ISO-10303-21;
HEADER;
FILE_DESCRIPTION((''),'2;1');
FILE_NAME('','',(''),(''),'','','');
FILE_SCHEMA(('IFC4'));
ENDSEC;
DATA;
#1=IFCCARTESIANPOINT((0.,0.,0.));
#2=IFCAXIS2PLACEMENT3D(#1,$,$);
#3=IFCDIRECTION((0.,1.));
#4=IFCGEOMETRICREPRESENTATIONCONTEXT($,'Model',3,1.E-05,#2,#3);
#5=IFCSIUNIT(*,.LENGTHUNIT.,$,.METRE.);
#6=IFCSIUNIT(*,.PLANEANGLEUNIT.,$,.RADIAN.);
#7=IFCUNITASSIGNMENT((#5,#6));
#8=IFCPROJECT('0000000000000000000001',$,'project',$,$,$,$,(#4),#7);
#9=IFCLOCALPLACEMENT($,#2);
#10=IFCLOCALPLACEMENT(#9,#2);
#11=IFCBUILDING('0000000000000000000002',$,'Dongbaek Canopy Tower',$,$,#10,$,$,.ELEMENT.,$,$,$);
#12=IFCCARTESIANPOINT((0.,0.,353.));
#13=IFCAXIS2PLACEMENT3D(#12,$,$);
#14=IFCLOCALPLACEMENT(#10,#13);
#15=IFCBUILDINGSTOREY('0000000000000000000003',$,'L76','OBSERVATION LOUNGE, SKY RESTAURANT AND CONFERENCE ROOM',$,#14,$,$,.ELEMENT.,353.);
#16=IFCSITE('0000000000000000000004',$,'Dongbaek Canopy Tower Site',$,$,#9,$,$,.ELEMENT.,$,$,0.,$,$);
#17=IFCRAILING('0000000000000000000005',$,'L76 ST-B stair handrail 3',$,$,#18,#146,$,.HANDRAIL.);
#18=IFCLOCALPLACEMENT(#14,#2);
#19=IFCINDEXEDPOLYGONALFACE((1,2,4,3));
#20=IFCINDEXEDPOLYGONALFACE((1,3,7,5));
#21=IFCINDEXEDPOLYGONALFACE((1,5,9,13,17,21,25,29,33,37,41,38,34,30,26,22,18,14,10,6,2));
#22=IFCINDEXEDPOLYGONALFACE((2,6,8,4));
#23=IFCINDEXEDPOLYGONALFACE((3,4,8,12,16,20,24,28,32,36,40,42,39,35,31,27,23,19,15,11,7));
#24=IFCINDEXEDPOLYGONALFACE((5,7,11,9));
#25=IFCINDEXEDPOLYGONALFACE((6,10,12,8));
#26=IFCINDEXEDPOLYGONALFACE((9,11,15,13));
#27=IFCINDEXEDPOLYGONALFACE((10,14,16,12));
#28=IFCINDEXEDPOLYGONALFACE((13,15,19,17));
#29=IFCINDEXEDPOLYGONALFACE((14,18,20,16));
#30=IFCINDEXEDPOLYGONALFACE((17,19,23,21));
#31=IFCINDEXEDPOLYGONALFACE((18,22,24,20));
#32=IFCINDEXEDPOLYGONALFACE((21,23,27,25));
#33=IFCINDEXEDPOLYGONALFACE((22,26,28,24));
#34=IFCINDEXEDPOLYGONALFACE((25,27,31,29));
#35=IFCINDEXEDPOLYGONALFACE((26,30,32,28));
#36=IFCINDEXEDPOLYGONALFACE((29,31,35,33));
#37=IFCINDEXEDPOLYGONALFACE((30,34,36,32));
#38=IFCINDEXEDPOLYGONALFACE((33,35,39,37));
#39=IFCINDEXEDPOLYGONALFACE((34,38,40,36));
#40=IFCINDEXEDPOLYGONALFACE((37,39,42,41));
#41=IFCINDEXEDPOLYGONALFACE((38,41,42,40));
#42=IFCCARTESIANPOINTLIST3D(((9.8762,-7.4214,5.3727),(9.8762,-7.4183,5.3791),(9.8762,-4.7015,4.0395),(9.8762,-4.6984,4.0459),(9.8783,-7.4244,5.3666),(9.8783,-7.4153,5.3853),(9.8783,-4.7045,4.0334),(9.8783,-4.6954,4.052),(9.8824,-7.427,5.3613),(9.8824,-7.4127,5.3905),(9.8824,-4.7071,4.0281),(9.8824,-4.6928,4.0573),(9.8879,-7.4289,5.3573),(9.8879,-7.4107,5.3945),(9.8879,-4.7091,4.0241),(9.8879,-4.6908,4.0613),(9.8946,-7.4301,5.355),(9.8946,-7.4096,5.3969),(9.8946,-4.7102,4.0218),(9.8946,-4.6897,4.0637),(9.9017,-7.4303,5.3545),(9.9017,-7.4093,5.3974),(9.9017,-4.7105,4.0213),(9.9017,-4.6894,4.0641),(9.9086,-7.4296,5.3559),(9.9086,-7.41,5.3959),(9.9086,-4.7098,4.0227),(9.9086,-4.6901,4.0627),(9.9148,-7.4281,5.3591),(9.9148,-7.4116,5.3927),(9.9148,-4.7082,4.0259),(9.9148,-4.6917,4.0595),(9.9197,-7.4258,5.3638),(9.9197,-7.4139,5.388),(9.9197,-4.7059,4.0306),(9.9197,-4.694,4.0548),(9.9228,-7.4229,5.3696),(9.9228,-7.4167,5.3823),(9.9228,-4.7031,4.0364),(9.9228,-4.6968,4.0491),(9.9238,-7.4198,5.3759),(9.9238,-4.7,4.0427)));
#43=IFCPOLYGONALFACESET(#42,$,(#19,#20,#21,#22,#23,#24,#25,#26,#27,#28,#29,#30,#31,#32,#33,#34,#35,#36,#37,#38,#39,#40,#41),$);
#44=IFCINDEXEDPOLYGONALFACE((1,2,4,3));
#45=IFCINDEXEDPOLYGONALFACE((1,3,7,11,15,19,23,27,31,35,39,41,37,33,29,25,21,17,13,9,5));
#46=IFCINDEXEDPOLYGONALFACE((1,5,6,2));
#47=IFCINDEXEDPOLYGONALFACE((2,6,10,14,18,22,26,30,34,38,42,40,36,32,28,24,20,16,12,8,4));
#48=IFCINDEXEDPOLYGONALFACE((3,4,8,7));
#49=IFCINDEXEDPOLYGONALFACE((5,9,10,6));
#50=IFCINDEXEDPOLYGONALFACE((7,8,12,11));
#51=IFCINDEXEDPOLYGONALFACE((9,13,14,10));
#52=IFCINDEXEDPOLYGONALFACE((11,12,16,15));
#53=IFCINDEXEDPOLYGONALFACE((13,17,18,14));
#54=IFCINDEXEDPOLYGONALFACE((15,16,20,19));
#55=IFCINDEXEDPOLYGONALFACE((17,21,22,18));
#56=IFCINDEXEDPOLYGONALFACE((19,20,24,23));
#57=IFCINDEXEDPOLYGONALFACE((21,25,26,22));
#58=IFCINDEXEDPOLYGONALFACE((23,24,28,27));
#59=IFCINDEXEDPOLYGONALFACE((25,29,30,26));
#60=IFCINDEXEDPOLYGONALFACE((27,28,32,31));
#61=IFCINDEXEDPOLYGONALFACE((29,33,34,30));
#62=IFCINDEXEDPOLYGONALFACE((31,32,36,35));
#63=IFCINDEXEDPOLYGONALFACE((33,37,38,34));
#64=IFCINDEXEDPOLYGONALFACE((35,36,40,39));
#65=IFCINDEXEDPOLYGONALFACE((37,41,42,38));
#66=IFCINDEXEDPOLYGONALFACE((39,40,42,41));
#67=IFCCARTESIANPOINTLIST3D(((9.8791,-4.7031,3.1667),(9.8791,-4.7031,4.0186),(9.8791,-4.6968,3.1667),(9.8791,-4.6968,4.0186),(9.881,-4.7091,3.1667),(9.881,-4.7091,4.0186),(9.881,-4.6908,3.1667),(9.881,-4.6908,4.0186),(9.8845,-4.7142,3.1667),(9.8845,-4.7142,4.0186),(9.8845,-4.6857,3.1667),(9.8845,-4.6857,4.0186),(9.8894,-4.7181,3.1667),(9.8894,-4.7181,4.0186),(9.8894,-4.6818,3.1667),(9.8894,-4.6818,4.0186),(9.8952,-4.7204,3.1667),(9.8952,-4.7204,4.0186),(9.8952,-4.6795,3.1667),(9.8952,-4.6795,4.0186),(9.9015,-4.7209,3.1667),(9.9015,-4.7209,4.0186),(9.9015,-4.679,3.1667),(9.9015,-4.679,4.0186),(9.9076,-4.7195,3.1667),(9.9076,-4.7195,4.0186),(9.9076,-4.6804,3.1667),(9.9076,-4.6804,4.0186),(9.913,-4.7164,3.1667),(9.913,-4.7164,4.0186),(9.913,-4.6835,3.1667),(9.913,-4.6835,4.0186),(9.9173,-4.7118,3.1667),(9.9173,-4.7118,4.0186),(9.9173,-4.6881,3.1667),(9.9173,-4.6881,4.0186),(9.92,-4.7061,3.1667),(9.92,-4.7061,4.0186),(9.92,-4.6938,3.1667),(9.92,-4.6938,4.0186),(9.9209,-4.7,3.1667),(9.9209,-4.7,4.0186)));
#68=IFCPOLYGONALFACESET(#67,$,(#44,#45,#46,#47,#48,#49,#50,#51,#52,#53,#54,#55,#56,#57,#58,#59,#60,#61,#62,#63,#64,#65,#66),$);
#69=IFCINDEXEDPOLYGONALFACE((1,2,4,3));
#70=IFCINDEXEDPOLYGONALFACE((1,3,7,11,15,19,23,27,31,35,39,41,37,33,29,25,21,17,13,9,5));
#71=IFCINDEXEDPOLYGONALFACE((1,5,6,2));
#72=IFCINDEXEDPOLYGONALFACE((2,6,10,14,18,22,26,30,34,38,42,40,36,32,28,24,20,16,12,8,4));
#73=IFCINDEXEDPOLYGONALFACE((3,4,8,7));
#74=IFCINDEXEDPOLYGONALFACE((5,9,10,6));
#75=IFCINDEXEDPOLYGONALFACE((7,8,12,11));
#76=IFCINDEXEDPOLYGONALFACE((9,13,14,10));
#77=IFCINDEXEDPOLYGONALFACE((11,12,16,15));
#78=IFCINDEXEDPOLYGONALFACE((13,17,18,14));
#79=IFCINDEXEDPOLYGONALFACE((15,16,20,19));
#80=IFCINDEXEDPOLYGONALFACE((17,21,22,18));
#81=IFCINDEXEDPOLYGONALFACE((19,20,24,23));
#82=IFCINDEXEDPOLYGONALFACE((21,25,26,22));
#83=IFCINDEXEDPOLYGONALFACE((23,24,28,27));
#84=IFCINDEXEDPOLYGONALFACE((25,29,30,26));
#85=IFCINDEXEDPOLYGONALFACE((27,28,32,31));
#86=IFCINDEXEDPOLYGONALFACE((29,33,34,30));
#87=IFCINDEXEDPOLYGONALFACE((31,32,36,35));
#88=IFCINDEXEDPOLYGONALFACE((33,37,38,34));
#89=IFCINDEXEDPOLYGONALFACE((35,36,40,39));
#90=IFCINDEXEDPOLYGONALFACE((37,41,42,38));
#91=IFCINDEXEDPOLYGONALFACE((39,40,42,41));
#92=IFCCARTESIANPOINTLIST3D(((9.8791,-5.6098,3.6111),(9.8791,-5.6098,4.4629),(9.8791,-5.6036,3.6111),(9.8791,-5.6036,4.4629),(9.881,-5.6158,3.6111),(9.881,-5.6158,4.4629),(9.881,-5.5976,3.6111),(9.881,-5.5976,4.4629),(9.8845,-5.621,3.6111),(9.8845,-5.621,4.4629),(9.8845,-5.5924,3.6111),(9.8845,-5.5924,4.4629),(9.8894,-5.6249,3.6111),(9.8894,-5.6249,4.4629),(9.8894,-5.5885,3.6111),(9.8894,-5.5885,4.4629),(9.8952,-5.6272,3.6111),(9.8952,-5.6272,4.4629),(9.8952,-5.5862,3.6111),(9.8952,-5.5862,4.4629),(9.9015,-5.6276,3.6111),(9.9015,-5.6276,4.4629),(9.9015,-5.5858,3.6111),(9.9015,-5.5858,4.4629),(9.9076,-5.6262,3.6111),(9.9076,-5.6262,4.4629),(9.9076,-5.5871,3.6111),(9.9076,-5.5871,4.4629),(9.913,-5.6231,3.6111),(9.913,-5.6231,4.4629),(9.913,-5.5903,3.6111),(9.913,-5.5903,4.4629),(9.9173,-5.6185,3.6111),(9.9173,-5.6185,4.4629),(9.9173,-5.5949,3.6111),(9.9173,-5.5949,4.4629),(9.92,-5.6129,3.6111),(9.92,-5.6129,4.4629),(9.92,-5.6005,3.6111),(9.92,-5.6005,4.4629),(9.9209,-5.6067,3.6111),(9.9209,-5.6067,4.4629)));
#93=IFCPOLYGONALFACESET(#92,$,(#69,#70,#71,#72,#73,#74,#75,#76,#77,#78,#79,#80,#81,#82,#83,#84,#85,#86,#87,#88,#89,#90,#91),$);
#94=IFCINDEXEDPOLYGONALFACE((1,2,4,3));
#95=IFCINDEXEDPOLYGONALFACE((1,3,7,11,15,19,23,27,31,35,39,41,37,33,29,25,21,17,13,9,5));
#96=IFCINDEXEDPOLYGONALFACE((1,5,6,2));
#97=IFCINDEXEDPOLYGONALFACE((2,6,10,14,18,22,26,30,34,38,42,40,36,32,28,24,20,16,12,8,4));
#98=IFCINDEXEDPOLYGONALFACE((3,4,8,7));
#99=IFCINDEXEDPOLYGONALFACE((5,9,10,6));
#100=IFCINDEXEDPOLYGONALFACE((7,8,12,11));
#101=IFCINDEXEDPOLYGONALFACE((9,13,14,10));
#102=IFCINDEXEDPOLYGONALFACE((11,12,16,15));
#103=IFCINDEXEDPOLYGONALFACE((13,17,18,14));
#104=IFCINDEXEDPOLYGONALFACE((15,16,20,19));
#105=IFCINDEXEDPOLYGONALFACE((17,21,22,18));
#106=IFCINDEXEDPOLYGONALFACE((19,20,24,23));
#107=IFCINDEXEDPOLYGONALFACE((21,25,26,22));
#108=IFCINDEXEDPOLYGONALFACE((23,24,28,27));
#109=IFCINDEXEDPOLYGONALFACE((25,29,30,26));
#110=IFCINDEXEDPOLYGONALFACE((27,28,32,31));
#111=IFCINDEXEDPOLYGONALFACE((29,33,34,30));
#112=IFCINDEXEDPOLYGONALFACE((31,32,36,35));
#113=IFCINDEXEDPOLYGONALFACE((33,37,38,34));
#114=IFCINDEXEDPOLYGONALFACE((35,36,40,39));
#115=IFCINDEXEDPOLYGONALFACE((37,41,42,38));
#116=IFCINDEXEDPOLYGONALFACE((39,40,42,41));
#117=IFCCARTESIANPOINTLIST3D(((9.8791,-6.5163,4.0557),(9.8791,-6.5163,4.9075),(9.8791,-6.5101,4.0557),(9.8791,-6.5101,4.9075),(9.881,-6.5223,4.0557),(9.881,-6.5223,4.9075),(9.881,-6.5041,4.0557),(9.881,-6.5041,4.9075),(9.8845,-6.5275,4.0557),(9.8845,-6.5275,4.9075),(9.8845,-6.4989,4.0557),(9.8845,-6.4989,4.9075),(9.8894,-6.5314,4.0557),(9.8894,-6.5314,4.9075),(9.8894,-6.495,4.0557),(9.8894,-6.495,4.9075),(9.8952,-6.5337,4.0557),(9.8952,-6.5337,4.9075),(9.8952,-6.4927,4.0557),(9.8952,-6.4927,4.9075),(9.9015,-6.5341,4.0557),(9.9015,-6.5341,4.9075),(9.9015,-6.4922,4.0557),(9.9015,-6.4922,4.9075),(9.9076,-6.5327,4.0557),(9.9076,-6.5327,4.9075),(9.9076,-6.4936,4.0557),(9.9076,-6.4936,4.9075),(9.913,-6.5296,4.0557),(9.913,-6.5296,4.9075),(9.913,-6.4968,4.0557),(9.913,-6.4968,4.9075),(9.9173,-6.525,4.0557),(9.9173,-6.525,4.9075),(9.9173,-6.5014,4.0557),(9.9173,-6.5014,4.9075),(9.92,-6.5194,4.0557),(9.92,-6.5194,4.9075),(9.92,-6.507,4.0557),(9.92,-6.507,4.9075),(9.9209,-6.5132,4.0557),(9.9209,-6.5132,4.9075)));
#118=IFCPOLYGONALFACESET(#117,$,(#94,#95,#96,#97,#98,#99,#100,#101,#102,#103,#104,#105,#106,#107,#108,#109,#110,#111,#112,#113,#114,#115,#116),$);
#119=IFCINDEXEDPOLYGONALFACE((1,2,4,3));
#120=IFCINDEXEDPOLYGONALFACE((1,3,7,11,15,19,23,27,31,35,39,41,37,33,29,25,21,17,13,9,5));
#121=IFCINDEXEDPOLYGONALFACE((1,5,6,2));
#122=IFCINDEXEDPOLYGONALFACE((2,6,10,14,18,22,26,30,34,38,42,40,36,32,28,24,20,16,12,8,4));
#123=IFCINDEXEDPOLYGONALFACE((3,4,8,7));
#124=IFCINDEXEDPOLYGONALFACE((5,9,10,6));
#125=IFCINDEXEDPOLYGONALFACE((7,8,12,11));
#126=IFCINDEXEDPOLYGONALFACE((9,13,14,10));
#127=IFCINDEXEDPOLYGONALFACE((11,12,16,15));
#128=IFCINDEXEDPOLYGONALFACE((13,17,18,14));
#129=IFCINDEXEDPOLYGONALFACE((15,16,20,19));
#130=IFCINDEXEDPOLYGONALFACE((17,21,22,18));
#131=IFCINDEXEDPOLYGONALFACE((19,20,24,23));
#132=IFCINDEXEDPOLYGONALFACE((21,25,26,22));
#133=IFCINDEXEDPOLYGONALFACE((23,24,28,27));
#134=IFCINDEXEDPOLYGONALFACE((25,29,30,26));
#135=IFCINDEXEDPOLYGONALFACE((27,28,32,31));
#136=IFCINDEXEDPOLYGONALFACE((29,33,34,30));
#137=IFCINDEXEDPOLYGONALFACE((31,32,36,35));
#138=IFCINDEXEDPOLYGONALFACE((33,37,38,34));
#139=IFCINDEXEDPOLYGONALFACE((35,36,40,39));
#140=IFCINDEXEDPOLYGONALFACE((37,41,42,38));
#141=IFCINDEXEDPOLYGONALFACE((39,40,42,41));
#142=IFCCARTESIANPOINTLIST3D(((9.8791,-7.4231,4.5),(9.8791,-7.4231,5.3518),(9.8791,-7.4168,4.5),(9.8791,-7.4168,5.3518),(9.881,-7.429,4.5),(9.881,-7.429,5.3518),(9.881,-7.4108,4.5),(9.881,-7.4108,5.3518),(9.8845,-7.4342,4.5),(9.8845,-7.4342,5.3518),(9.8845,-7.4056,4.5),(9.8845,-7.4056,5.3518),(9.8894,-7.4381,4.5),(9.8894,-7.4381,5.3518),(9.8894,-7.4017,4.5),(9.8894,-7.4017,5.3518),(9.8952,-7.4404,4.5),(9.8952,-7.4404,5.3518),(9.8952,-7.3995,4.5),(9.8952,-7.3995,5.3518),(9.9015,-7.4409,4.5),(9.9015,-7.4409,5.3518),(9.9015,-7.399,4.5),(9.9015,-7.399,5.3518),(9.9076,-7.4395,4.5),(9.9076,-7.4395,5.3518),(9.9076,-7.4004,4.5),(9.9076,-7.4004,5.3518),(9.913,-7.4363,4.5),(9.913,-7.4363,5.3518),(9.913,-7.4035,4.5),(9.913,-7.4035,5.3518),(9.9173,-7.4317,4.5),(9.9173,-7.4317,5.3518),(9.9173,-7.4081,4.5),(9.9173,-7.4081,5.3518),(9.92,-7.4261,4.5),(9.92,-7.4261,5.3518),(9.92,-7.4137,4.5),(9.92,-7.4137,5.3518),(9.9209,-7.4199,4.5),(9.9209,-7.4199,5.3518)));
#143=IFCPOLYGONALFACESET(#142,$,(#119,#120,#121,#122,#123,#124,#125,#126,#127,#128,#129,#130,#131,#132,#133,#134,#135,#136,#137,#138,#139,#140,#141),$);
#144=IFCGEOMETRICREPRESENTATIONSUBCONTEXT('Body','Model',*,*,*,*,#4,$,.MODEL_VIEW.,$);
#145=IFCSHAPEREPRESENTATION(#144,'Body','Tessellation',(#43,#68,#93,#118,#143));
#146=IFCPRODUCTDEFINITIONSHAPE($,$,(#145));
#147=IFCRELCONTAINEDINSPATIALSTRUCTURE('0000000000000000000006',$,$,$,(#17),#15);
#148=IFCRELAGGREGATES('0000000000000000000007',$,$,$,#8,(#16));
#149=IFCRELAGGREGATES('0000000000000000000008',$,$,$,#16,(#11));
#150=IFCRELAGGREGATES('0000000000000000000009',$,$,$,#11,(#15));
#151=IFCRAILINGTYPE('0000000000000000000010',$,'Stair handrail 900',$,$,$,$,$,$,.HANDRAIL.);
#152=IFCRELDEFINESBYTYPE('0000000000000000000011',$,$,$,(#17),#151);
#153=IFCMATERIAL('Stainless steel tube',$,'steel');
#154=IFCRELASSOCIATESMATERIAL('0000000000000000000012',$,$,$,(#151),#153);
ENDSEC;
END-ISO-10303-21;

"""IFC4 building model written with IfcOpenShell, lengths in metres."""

from ifc_helpers import new_model, si_unit, direction, frame, origin, origin_2d, place, context, subcontext, project, spatial, circle, extrude, material, type_object, element, save


model = new_model("IFC4")

# Units and contexts
model_context = context("Model", 3, precision=1e-05, world=origin(), true_north=direction((0.0, 1.0)))
body_context = subcontext(model_context, "Body", "Model", "MODEL_VIEW")
ifc_project = project(units=[si_unit("LENGTHUNIT", "METRE"), si_unit("PLANEANGLEUNIT", "RADIAN")], contexts=[model_context])

# Site, building, storey
site_placement = place(None, origin())
site = spatial("IfcSite", under=ifc_project, at=site_placement, Name="Dongbaek Canopy Tower Site", CompositionType="ELEMENT", RefElevation=0.0)
building_placement = place(site_placement, origin())
building = spatial("IfcBuilding", under=site, at=building_placement, Name="Dongbaek Canopy Tower", CompositionType="ELEMENT")
storey_placement = place(building_placement, frame((0.0, 0.0, 353.0)))
storey = spatial("IfcBuildingStorey", under=building, at=storey_placement, Name="L76", Description="OBSERVATION LOUNGE, SKY RESTAURANT AND CONFERENCE ROOM", CompositionType="ELEMENT", Elevation=353.0)

# Railing
ifc_material_1 = material(Name="Stainless steel tube", Category="steel")
railing_type_1 = type_object("IfcRailingType", Name="Stair handrail 900", PredefinedType="HANDRAIL", material=ifc_material_1)
for number, where, name in (
    (1, (9.8999, -4.7, 3.1667), "L76 ST-B stair handrail 3"),
):
    element("IfcRailing", number, at=place(storey_placement, frame(where)), inside=storey, type_object=railing_type_1, Name=name, PredefinedType="HANDRAIL", context=body_context, shape_type="SweptSolid", body=[
        extrude(circle(Radius=0.0239, at=origin_2d()), frame((0.0, 0.0, 0.876), z_axis=(0.0, -0.897929, 0.440139), x_axis=(1.0, 0.0, 0.0)), (0.0, 0.0, 1.0), 3.0291),
        extrude(circle(Radius=0.021, at=origin_2d()), origin(), (0.0, 0.0, 1.0), 0.8518),
        extrude(circle(Radius=0.021, at=origin_2d()), frame((0.0, -0.9067, 0.4443)), (0.0, 0.0, 1.0), 0.8518),
        extrude(circle(Radius=0.021, at=origin_2d()), frame((0.0, -1.8132, 0.8889)), (0.0, 0.0, 1.0), 0.8518),
        extrude(circle(Radius=0.021, at=origin_2d()), frame((0.0, -2.72, 1.3333)), (0.0, 0.0, 1.0), 0.8518),
    ])

save(model, "model.ifc")
